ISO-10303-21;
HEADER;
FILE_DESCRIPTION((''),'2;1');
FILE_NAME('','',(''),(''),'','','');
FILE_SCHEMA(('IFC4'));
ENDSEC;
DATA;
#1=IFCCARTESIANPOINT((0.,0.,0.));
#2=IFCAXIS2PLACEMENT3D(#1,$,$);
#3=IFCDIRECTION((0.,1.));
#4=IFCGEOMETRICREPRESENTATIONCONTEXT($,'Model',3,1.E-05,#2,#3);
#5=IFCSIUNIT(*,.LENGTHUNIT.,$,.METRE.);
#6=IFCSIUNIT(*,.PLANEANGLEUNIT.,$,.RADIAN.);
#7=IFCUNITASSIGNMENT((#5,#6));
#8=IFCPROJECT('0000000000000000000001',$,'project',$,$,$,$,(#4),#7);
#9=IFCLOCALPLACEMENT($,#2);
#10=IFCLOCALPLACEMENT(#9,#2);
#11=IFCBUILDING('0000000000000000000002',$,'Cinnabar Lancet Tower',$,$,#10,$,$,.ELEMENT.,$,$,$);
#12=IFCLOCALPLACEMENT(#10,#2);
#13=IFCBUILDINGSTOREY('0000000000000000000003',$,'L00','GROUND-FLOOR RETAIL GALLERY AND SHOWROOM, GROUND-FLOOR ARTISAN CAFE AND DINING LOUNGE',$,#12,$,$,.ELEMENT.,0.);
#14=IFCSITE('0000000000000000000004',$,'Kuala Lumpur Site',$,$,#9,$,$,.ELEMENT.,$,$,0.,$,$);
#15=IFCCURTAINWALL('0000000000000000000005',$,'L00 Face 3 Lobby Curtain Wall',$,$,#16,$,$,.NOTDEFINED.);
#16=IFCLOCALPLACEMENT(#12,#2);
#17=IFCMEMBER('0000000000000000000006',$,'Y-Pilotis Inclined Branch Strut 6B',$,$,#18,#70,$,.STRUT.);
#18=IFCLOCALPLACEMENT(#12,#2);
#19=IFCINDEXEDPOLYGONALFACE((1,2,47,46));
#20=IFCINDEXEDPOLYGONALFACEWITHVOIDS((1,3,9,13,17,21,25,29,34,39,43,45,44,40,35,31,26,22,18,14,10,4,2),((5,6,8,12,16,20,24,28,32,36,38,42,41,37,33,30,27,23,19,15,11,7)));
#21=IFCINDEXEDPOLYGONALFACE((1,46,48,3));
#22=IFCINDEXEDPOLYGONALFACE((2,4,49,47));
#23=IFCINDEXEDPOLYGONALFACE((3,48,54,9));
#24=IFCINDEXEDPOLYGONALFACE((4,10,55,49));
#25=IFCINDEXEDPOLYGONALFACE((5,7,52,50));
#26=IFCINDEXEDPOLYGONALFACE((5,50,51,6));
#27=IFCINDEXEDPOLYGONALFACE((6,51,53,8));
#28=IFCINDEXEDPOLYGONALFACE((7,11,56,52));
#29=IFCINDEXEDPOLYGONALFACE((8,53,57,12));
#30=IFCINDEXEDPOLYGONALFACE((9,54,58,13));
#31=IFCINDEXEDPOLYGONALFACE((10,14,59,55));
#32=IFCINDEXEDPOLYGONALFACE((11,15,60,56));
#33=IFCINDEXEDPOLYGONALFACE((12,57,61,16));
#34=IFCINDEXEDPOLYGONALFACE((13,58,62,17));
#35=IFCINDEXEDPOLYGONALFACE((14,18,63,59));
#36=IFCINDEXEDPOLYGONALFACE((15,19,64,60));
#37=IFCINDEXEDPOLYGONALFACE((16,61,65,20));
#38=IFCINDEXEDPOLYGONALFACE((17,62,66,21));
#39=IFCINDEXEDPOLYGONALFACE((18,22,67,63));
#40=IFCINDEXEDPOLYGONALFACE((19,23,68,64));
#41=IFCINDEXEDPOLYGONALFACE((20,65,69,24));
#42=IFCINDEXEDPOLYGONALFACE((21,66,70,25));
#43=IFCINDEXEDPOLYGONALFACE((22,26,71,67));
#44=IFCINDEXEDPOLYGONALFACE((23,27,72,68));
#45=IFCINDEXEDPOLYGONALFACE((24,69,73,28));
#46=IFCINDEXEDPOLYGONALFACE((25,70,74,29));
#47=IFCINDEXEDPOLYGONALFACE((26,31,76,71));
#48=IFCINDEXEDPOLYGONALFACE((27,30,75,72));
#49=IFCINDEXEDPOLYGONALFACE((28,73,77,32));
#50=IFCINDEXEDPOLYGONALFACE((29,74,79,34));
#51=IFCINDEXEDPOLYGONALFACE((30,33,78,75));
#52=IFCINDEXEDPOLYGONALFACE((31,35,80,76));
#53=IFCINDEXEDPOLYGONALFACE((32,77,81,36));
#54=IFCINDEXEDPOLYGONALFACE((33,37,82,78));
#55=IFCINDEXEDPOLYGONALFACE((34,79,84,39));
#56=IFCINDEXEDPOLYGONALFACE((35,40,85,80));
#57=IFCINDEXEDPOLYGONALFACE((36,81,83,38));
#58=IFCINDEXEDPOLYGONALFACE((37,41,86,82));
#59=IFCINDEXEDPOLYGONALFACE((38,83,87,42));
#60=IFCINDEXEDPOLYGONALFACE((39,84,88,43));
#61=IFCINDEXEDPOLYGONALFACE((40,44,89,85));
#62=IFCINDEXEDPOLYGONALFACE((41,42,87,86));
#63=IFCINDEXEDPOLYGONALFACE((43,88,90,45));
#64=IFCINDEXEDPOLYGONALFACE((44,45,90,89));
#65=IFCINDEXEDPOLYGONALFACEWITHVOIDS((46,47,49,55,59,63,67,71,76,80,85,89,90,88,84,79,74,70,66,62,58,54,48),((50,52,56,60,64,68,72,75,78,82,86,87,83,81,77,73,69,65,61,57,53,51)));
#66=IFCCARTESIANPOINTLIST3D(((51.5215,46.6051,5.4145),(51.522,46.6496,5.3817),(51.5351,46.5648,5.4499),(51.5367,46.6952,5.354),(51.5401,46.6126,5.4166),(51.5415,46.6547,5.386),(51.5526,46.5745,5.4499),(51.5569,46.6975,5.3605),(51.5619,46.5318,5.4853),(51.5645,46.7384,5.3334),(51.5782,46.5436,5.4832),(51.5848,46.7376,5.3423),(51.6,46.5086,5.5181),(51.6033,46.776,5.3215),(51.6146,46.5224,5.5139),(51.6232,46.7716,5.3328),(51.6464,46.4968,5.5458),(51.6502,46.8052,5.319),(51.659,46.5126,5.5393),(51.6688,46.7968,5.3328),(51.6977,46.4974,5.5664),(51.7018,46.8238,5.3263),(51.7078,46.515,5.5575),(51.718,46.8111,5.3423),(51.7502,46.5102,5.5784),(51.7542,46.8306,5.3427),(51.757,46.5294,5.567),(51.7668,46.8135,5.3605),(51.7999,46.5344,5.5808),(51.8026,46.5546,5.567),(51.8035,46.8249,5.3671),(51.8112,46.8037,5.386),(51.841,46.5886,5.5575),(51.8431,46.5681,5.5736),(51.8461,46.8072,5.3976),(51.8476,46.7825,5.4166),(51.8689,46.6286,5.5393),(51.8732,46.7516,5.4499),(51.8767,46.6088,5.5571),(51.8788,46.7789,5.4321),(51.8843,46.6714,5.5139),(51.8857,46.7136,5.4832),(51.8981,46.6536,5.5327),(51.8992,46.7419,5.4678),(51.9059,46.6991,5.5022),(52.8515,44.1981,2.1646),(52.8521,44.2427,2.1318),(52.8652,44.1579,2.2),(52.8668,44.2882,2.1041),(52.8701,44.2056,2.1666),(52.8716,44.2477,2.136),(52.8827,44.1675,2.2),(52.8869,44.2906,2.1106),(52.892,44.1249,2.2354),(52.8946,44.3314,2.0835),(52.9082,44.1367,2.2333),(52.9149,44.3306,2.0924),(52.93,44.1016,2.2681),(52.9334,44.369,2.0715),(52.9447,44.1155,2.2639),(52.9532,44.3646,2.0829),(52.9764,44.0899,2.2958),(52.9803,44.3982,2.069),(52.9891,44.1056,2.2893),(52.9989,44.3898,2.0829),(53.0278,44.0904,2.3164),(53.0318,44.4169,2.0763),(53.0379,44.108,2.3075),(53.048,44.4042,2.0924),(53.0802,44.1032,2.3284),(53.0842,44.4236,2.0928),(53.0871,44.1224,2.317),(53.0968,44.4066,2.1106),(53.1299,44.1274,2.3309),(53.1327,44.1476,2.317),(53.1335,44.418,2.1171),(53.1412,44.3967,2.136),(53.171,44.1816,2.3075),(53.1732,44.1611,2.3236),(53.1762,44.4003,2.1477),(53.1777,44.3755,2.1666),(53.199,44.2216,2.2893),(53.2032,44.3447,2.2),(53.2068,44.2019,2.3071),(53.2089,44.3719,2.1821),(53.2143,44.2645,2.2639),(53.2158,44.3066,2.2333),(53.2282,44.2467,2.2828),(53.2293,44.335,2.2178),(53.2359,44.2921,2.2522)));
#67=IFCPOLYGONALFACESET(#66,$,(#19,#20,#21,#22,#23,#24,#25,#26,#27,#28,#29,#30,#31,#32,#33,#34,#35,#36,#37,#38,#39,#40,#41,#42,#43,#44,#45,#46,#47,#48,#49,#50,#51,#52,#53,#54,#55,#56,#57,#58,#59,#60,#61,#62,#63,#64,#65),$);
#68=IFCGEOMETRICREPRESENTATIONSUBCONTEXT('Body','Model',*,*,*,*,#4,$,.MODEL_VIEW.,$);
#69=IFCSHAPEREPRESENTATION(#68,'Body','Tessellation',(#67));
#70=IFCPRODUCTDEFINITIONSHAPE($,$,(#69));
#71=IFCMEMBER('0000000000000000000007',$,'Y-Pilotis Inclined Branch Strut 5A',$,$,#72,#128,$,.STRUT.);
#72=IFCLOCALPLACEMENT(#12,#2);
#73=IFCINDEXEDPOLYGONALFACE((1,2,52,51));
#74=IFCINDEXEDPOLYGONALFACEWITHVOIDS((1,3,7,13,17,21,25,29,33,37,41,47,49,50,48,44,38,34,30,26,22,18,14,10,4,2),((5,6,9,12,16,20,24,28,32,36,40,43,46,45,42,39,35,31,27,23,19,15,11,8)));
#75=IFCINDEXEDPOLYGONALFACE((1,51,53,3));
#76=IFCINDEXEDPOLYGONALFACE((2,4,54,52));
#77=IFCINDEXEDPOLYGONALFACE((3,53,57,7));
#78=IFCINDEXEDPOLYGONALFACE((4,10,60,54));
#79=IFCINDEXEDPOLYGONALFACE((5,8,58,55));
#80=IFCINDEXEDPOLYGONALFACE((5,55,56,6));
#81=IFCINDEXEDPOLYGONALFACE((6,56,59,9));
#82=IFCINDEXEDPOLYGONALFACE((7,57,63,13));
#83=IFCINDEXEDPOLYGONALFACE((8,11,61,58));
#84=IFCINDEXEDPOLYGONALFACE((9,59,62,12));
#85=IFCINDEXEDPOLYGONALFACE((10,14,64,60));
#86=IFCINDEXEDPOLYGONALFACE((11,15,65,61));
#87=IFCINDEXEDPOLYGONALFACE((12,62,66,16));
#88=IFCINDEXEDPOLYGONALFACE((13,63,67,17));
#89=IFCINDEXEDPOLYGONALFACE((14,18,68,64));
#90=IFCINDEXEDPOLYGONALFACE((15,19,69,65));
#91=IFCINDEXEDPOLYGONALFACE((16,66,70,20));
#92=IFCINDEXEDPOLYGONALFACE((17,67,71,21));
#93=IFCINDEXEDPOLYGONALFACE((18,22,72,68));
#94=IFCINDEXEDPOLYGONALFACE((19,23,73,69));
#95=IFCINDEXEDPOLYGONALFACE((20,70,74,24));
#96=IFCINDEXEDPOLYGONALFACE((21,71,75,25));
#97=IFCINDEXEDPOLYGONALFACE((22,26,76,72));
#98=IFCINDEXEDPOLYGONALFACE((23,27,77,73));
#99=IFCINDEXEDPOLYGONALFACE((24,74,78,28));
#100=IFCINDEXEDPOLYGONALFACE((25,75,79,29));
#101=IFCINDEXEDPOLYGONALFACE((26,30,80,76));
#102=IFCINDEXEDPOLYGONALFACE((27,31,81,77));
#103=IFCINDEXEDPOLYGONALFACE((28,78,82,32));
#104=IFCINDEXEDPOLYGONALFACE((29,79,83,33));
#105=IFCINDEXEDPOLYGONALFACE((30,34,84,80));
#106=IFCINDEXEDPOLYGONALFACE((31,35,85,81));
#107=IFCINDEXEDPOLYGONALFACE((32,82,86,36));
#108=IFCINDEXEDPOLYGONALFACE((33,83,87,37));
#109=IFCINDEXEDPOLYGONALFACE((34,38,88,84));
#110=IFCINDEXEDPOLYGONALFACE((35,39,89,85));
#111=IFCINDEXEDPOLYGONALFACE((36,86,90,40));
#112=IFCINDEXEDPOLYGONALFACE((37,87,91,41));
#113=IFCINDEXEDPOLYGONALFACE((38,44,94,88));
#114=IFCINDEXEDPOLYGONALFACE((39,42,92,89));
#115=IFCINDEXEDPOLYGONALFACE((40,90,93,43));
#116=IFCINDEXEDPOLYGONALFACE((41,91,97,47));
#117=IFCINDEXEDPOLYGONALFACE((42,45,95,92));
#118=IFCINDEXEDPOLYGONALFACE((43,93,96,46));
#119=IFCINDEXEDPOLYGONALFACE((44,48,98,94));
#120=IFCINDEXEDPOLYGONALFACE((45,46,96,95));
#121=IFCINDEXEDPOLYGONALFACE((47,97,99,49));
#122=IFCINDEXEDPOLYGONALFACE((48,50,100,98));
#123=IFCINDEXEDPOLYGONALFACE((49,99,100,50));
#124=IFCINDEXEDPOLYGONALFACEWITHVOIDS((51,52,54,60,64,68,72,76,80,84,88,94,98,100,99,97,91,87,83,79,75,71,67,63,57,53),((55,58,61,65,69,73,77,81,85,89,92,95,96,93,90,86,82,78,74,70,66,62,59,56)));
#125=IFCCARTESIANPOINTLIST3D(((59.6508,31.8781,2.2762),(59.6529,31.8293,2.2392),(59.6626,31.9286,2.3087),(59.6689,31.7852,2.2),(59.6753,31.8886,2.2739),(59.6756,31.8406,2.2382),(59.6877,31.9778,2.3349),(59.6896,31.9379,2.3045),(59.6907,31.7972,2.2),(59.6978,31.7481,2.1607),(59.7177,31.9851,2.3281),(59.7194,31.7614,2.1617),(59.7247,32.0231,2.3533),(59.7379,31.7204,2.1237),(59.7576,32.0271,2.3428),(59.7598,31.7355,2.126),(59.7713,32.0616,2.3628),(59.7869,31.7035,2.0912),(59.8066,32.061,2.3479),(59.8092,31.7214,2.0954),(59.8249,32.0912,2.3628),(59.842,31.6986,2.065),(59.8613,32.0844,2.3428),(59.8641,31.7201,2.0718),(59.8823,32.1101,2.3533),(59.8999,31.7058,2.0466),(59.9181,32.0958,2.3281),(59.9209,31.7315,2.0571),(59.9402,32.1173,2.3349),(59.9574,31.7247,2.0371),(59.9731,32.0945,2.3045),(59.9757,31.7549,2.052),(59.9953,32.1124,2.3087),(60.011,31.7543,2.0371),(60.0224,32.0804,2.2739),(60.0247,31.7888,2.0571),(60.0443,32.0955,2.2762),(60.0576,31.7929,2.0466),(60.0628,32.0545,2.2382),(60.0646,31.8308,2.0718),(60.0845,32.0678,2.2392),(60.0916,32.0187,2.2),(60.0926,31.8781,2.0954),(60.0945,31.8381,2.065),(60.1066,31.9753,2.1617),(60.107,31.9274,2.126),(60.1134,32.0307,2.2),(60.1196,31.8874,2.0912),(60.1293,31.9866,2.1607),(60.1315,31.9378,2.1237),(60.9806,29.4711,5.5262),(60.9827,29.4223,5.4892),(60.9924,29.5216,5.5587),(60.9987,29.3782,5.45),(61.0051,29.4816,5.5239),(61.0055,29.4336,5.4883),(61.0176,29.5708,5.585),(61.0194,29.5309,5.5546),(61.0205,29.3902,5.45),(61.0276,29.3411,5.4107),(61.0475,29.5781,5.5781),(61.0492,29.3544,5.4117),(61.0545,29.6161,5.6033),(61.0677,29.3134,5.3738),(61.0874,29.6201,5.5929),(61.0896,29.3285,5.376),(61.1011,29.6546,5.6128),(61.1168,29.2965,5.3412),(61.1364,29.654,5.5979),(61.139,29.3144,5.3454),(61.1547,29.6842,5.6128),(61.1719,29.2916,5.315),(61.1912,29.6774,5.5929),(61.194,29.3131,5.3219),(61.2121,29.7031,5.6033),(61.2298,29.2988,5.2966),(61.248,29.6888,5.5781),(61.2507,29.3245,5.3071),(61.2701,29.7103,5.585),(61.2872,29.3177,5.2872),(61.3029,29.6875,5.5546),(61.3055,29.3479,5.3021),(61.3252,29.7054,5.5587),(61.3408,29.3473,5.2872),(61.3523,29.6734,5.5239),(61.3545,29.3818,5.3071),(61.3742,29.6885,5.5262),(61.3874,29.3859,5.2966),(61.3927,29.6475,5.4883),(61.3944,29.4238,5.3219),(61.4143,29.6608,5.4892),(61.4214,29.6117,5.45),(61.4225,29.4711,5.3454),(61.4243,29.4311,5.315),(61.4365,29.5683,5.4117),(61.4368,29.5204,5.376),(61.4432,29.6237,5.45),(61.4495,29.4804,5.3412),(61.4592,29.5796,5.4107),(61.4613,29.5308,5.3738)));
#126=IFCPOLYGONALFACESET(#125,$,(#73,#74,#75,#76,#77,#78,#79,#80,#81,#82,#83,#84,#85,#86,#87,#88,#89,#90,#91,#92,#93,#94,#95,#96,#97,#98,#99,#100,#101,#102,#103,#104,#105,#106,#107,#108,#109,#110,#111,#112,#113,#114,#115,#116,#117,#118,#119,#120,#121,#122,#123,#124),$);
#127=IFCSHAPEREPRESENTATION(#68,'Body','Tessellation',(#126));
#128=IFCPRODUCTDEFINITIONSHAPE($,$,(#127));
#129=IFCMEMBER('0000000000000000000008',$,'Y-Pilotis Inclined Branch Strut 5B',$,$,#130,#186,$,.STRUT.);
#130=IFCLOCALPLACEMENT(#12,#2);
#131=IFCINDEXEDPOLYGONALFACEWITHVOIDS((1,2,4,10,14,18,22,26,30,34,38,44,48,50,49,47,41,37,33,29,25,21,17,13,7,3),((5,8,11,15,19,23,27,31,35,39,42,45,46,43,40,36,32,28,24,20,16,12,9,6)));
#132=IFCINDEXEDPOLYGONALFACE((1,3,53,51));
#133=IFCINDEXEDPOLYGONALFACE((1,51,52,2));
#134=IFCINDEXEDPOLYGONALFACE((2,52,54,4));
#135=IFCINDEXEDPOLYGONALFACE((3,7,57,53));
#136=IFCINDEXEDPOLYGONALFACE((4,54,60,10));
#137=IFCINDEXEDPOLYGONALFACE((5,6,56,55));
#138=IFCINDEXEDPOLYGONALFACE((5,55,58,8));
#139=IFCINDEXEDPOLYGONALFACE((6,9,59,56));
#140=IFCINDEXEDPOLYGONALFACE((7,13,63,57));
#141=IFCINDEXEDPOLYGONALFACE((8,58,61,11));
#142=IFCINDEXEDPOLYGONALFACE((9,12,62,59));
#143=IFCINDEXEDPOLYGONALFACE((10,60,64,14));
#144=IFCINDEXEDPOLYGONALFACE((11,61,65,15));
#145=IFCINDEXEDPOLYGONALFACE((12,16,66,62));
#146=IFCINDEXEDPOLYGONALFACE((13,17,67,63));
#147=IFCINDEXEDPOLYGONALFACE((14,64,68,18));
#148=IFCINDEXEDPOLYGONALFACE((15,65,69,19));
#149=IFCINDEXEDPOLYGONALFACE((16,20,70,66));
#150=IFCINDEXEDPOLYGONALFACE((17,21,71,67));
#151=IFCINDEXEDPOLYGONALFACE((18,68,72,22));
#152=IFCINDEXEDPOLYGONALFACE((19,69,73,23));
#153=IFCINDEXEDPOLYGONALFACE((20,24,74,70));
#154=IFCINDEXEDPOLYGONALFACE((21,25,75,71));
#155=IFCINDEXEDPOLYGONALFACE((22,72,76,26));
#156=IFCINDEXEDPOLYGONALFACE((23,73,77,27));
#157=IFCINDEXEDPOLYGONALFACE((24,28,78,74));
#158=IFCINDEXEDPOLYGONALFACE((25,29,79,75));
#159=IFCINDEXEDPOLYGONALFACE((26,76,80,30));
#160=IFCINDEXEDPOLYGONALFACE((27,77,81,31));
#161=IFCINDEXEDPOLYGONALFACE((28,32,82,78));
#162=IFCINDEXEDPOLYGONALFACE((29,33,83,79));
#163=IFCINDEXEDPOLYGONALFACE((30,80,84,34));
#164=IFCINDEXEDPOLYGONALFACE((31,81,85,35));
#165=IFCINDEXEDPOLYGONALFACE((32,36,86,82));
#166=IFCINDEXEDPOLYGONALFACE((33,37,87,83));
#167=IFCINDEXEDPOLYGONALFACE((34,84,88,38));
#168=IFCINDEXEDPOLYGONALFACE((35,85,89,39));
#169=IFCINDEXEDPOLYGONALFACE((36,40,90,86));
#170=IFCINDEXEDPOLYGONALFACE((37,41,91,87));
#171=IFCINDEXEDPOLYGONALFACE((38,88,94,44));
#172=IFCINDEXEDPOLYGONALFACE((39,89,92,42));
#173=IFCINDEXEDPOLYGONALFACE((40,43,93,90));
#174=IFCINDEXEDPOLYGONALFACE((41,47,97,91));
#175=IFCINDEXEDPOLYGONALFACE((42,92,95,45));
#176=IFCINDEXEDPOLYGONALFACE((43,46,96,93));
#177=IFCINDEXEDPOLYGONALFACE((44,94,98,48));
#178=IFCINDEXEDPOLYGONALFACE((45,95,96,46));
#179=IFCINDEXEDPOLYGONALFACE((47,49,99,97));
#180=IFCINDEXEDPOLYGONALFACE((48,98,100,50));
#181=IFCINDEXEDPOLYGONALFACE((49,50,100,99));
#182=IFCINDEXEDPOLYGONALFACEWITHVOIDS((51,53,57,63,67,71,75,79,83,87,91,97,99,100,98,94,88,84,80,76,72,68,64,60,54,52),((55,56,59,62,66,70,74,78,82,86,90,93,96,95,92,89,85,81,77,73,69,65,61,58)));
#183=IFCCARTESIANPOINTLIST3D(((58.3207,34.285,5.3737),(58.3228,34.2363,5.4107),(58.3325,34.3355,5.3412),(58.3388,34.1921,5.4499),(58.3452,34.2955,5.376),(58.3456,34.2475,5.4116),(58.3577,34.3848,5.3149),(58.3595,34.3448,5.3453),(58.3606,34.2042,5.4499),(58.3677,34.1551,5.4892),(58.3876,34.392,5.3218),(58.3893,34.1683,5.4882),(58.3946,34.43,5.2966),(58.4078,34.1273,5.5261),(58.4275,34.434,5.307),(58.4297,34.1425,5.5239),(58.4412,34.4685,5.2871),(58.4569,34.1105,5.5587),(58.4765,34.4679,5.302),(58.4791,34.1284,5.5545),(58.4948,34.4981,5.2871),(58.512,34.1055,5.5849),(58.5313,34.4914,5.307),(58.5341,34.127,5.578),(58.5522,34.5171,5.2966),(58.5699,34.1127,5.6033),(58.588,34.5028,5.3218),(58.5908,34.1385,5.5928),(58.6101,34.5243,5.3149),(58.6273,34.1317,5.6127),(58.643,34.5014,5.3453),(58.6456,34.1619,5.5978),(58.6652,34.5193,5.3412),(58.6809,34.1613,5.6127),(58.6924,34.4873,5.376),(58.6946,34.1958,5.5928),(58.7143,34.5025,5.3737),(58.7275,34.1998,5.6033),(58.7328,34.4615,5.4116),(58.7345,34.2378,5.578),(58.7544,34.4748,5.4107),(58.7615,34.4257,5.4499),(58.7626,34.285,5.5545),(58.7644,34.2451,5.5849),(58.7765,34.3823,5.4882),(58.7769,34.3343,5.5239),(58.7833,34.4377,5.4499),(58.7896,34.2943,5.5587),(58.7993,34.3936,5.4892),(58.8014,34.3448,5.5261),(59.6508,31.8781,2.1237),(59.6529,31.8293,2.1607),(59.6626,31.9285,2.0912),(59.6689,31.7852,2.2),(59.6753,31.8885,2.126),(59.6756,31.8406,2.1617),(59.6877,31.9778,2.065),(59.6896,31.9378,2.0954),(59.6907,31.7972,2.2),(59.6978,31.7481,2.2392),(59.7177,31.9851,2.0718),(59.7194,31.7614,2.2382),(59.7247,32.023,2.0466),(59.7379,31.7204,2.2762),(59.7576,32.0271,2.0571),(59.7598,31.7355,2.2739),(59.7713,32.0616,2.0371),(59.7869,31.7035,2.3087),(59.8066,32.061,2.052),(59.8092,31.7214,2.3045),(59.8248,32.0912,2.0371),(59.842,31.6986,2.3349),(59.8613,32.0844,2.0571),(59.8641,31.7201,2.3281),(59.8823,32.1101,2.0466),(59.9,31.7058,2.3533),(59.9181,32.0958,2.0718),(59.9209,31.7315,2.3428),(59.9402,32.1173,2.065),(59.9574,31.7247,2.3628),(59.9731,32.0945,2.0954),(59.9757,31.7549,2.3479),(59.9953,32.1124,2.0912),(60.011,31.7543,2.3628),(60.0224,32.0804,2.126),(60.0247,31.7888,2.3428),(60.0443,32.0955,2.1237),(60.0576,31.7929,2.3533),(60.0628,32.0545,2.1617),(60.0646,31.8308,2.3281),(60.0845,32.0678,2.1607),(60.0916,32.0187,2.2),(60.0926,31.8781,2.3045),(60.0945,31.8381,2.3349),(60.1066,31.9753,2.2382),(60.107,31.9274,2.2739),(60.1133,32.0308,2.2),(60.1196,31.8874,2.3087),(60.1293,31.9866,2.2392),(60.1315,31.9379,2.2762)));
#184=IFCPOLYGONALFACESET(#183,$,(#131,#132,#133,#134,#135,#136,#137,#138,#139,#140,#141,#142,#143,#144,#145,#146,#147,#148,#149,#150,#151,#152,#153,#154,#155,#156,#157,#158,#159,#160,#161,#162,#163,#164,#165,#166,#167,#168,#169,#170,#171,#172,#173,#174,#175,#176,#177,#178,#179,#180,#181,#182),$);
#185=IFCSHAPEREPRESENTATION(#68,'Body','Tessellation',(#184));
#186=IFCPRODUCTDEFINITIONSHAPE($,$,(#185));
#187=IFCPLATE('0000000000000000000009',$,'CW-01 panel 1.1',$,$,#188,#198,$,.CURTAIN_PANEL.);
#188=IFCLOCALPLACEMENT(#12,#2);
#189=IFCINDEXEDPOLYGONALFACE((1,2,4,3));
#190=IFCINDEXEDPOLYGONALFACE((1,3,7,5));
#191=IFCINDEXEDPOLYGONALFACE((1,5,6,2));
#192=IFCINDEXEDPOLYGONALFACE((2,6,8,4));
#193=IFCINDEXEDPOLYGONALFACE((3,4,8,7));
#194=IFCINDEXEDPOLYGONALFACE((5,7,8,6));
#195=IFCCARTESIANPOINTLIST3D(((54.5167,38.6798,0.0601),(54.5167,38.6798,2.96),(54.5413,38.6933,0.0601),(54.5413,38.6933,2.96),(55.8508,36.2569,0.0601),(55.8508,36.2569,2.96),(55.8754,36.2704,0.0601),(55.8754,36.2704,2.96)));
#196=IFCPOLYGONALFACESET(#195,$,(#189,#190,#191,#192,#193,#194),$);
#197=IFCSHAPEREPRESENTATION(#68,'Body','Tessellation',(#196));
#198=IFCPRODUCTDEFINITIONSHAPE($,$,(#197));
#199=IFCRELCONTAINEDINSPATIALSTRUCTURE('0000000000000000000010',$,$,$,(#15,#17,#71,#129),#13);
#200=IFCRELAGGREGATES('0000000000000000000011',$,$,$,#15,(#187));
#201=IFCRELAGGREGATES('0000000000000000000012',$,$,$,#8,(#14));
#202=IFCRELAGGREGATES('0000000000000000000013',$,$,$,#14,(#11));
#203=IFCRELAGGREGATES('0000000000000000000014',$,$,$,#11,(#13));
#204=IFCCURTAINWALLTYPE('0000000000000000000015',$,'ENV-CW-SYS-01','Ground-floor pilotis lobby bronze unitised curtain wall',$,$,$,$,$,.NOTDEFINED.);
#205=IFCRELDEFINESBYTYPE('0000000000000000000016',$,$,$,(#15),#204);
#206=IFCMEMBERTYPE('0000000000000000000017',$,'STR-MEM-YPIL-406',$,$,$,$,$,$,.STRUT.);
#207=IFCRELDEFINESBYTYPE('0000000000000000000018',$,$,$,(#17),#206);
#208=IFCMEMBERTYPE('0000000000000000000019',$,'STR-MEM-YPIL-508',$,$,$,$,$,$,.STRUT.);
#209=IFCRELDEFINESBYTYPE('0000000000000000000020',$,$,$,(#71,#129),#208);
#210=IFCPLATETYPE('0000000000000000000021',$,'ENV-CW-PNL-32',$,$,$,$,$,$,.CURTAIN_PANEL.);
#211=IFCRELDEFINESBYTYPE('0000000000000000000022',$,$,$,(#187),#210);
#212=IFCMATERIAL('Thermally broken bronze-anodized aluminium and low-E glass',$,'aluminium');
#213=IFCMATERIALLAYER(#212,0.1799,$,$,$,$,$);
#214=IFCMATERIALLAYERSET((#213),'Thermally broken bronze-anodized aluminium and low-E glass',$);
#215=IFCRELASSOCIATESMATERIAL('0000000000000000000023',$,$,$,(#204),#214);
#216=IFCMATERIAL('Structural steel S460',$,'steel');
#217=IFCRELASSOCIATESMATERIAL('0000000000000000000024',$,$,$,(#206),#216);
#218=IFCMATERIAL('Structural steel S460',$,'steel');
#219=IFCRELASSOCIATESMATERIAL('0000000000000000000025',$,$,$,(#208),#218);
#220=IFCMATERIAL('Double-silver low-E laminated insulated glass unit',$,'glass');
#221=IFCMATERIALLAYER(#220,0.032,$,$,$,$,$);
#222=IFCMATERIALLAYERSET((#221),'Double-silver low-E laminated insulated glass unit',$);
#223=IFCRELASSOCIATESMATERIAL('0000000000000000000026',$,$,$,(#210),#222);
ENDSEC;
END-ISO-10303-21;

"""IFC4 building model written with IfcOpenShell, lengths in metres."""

from ifc_helpers import new_model, si_unit, direction, frame, origin, origin_2d, place, context, subcontext, project, spatial, rectangle, hollow_circle, extrude, material, layer, layer_set, material_profile, profile_set, type_object, element, aggregate, save


model = new_model("IFC4")

# Units and contexts
model_context = context("Model", 3, precision=1e-05, world=origin(), true_north=direction((0.0, 1.0)))
body_context = subcontext(model_context, "Body", "Model", "MODEL_VIEW")
ifc_project = project(units=[si_unit("LENGTHUNIT", "METRE"), si_unit("PLANEANGLEUNIT", "RADIAN")], contexts=[model_context])

# Site, building, storey
site_placement = place(None, origin())
site = spatial("IfcSite", under=ifc_project, at=site_placement, Name="Kuala Lumpur Site", CompositionType="ELEMENT", RefElevation=0.0)
building_placement = place(site_placement, origin())
building = spatial("IfcBuilding", under=site, at=building_placement, Name="Cinnabar Lancet Tower", CompositionType="ELEMENT")
storey_placement = place(building_placement, origin())
storey = spatial("IfcBuildingStorey", under=building, at=storey_placement, Name="L00", Description="GROUND-FLOOR RETAIL GALLERY AND SHOWROOM, GROUND-FLOOR ARTISAN CAFE AND DINING LOUNGE", CompositionType="ELEMENT", Elevation=0.0)

# Curtain wall
ifc_material_1 = material(Name="Thermally broken bronze-anodized aluminium and low-E glass", Category="aluminium")
ifc_layer_1 = layer(ifc_material_1, 0.1799)
ifc_layer_set_1 = layer_set([ifc_layer_1], Name="Thermally broken bronze-anodized aluminium and low-E glass")
curtain_wall_type = type_object("IfcCurtainWallType", Name="ENV-CW-SYS-01", Description="Ground-floor pilotis lobby bronze unitised curtain wall", PredefinedType="NOTDEFINED", material=ifc_layer_set_1)
curtain_wall_placement = place(storey_placement, origin())
curtain_wall = element("IfcCurtainWall", 1, at=curtain_wall_placement, inside=storey, type_object=curtain_wall_type, Name="L00 Face 3 Lobby Curtain Wall", PredefinedType="NOTDEFINED")

# Members
ifc_material_2 = material(Name="Structural steel S460", Category="steel")
ifc_material_profile_1 = material_profile(ifc_material_2, hollow_circle(Radius=0.2031, WallThickness=0.02, at=origin_2d()), Name="CHS 406.4x20")
ifc_profile_set_1 = profile_set([ifc_material_profile_1], Name="Structural steel S460")
member_type_1 = type_object("IfcMemberType", Name="STR-MEM-YPIL-406", PredefinedType="STRUT", material=ifc_profile_set_1)
for number, where, z_axis, x_axis, name in (
    (2, (53.043, 44.2561, 2.2), (-0.312418, 0.565369, 0.763383), (-0.875256, -0.483659, 0.0), "Y-Pilotis Inclined Branch Strut 6B"),
):
    element("IfcMember", number, at=place(storey_placement, frame(where, z_axis=z_axis, x_axis=x_axis)), inside=storey, type_object=member_type_1, Name=name, PredefinedType="STRUT", context=body_context, shape_type="SweptSolid", body=[
        extrude(hollow_circle(Radius=0.2031, WallThickness=0.02, at=origin_2d()), origin(), (0.0, 0.0, 1.0), 4.2573),
    ])
ifc_material_3 = material(Name="Structural steel S460", Category="steel")
ifc_material_profile_2 = material_profile(ifc_material_3, hollow_circle(Radius=0.2539, WallThickness=0.0249, at=origin_2d()), Name="CHS 508x25")
ifc_profile_set_2 = profile_set([ifc_material_profile_2], Name="Structural steel S460")
member_type_2 = type_object("IfcMemberType", Name="STR-MEM-YPIL-508", PredefinedType="STRUT", material=ifc_profile_set_2)
for number, where, z_axis, x_axis, name in (
    (3, (59.8911, 31.908, 2.2), (0.312366, -0.565379, 0.763396), (0.875294, 0.483591, 0.0), "Y-Pilotis Inclined Branch Strut 5A"),
    (4, (59.8911, 31.908, 2.2), (-0.312418, 0.565369, 0.763383), (-0.875256, -0.483659, 0.0), "Y-Pilotis Inclined Branch Strut 5B"),
):
    element("IfcMember", number, at=place(storey_placement, frame(where, z_axis=z_axis, x_axis=x_axis)), inside=storey, type_object=member_type_2, Name=name, PredefinedType="STRUT", context=body_context, shape_type="SweptSolid", body=[
        extrude(hollow_circle(Radius=0.2539, WallThickness=0.0249, at=origin_2d()), origin(), (0.0, 0.0, 1.0), 4.2573),
    ])

# Plate
ifc_material_4 = material(Name="Double-silver low-E laminated insulated glass unit", Category="glass")
ifc_layer_2 = layer(ifc_material_4, 0.032)
ifc_layer_set_2 = layer_set([ifc_layer_2], Name="Double-silver low-E laminated insulated glass unit")
plate_type_1 = type_object("IfcPlateType", Name="ENV-CW-PNL-32", PredefinedType="CURTAIN_PANEL", material=ifc_layer_set_2)
plate_1_placement = place(storey_placement, frame((55.196, 37.4751, 0.0601), z_axis=(0.0, 0.0, 1.0), x_axis=(0.482344, -0.875982, 0.0)))
plate_1 = element("IfcPlate", 5, at=plate_1_placement, type_object=plate_type_1, Name="CW-01 panel 1.1", PredefinedType="CURTAIN_PANEL", context=body_context, shape_type="SweptSolid", body=[
    extrude(rectangle(XDim=2.7659, YDim=0.0281, at=origin_2d()), origin(), (0.0, 0.0, 1.0), 2.8999),
])
aggregate(curtain_wall, [plate_1])

save(model, "model.ifc")
